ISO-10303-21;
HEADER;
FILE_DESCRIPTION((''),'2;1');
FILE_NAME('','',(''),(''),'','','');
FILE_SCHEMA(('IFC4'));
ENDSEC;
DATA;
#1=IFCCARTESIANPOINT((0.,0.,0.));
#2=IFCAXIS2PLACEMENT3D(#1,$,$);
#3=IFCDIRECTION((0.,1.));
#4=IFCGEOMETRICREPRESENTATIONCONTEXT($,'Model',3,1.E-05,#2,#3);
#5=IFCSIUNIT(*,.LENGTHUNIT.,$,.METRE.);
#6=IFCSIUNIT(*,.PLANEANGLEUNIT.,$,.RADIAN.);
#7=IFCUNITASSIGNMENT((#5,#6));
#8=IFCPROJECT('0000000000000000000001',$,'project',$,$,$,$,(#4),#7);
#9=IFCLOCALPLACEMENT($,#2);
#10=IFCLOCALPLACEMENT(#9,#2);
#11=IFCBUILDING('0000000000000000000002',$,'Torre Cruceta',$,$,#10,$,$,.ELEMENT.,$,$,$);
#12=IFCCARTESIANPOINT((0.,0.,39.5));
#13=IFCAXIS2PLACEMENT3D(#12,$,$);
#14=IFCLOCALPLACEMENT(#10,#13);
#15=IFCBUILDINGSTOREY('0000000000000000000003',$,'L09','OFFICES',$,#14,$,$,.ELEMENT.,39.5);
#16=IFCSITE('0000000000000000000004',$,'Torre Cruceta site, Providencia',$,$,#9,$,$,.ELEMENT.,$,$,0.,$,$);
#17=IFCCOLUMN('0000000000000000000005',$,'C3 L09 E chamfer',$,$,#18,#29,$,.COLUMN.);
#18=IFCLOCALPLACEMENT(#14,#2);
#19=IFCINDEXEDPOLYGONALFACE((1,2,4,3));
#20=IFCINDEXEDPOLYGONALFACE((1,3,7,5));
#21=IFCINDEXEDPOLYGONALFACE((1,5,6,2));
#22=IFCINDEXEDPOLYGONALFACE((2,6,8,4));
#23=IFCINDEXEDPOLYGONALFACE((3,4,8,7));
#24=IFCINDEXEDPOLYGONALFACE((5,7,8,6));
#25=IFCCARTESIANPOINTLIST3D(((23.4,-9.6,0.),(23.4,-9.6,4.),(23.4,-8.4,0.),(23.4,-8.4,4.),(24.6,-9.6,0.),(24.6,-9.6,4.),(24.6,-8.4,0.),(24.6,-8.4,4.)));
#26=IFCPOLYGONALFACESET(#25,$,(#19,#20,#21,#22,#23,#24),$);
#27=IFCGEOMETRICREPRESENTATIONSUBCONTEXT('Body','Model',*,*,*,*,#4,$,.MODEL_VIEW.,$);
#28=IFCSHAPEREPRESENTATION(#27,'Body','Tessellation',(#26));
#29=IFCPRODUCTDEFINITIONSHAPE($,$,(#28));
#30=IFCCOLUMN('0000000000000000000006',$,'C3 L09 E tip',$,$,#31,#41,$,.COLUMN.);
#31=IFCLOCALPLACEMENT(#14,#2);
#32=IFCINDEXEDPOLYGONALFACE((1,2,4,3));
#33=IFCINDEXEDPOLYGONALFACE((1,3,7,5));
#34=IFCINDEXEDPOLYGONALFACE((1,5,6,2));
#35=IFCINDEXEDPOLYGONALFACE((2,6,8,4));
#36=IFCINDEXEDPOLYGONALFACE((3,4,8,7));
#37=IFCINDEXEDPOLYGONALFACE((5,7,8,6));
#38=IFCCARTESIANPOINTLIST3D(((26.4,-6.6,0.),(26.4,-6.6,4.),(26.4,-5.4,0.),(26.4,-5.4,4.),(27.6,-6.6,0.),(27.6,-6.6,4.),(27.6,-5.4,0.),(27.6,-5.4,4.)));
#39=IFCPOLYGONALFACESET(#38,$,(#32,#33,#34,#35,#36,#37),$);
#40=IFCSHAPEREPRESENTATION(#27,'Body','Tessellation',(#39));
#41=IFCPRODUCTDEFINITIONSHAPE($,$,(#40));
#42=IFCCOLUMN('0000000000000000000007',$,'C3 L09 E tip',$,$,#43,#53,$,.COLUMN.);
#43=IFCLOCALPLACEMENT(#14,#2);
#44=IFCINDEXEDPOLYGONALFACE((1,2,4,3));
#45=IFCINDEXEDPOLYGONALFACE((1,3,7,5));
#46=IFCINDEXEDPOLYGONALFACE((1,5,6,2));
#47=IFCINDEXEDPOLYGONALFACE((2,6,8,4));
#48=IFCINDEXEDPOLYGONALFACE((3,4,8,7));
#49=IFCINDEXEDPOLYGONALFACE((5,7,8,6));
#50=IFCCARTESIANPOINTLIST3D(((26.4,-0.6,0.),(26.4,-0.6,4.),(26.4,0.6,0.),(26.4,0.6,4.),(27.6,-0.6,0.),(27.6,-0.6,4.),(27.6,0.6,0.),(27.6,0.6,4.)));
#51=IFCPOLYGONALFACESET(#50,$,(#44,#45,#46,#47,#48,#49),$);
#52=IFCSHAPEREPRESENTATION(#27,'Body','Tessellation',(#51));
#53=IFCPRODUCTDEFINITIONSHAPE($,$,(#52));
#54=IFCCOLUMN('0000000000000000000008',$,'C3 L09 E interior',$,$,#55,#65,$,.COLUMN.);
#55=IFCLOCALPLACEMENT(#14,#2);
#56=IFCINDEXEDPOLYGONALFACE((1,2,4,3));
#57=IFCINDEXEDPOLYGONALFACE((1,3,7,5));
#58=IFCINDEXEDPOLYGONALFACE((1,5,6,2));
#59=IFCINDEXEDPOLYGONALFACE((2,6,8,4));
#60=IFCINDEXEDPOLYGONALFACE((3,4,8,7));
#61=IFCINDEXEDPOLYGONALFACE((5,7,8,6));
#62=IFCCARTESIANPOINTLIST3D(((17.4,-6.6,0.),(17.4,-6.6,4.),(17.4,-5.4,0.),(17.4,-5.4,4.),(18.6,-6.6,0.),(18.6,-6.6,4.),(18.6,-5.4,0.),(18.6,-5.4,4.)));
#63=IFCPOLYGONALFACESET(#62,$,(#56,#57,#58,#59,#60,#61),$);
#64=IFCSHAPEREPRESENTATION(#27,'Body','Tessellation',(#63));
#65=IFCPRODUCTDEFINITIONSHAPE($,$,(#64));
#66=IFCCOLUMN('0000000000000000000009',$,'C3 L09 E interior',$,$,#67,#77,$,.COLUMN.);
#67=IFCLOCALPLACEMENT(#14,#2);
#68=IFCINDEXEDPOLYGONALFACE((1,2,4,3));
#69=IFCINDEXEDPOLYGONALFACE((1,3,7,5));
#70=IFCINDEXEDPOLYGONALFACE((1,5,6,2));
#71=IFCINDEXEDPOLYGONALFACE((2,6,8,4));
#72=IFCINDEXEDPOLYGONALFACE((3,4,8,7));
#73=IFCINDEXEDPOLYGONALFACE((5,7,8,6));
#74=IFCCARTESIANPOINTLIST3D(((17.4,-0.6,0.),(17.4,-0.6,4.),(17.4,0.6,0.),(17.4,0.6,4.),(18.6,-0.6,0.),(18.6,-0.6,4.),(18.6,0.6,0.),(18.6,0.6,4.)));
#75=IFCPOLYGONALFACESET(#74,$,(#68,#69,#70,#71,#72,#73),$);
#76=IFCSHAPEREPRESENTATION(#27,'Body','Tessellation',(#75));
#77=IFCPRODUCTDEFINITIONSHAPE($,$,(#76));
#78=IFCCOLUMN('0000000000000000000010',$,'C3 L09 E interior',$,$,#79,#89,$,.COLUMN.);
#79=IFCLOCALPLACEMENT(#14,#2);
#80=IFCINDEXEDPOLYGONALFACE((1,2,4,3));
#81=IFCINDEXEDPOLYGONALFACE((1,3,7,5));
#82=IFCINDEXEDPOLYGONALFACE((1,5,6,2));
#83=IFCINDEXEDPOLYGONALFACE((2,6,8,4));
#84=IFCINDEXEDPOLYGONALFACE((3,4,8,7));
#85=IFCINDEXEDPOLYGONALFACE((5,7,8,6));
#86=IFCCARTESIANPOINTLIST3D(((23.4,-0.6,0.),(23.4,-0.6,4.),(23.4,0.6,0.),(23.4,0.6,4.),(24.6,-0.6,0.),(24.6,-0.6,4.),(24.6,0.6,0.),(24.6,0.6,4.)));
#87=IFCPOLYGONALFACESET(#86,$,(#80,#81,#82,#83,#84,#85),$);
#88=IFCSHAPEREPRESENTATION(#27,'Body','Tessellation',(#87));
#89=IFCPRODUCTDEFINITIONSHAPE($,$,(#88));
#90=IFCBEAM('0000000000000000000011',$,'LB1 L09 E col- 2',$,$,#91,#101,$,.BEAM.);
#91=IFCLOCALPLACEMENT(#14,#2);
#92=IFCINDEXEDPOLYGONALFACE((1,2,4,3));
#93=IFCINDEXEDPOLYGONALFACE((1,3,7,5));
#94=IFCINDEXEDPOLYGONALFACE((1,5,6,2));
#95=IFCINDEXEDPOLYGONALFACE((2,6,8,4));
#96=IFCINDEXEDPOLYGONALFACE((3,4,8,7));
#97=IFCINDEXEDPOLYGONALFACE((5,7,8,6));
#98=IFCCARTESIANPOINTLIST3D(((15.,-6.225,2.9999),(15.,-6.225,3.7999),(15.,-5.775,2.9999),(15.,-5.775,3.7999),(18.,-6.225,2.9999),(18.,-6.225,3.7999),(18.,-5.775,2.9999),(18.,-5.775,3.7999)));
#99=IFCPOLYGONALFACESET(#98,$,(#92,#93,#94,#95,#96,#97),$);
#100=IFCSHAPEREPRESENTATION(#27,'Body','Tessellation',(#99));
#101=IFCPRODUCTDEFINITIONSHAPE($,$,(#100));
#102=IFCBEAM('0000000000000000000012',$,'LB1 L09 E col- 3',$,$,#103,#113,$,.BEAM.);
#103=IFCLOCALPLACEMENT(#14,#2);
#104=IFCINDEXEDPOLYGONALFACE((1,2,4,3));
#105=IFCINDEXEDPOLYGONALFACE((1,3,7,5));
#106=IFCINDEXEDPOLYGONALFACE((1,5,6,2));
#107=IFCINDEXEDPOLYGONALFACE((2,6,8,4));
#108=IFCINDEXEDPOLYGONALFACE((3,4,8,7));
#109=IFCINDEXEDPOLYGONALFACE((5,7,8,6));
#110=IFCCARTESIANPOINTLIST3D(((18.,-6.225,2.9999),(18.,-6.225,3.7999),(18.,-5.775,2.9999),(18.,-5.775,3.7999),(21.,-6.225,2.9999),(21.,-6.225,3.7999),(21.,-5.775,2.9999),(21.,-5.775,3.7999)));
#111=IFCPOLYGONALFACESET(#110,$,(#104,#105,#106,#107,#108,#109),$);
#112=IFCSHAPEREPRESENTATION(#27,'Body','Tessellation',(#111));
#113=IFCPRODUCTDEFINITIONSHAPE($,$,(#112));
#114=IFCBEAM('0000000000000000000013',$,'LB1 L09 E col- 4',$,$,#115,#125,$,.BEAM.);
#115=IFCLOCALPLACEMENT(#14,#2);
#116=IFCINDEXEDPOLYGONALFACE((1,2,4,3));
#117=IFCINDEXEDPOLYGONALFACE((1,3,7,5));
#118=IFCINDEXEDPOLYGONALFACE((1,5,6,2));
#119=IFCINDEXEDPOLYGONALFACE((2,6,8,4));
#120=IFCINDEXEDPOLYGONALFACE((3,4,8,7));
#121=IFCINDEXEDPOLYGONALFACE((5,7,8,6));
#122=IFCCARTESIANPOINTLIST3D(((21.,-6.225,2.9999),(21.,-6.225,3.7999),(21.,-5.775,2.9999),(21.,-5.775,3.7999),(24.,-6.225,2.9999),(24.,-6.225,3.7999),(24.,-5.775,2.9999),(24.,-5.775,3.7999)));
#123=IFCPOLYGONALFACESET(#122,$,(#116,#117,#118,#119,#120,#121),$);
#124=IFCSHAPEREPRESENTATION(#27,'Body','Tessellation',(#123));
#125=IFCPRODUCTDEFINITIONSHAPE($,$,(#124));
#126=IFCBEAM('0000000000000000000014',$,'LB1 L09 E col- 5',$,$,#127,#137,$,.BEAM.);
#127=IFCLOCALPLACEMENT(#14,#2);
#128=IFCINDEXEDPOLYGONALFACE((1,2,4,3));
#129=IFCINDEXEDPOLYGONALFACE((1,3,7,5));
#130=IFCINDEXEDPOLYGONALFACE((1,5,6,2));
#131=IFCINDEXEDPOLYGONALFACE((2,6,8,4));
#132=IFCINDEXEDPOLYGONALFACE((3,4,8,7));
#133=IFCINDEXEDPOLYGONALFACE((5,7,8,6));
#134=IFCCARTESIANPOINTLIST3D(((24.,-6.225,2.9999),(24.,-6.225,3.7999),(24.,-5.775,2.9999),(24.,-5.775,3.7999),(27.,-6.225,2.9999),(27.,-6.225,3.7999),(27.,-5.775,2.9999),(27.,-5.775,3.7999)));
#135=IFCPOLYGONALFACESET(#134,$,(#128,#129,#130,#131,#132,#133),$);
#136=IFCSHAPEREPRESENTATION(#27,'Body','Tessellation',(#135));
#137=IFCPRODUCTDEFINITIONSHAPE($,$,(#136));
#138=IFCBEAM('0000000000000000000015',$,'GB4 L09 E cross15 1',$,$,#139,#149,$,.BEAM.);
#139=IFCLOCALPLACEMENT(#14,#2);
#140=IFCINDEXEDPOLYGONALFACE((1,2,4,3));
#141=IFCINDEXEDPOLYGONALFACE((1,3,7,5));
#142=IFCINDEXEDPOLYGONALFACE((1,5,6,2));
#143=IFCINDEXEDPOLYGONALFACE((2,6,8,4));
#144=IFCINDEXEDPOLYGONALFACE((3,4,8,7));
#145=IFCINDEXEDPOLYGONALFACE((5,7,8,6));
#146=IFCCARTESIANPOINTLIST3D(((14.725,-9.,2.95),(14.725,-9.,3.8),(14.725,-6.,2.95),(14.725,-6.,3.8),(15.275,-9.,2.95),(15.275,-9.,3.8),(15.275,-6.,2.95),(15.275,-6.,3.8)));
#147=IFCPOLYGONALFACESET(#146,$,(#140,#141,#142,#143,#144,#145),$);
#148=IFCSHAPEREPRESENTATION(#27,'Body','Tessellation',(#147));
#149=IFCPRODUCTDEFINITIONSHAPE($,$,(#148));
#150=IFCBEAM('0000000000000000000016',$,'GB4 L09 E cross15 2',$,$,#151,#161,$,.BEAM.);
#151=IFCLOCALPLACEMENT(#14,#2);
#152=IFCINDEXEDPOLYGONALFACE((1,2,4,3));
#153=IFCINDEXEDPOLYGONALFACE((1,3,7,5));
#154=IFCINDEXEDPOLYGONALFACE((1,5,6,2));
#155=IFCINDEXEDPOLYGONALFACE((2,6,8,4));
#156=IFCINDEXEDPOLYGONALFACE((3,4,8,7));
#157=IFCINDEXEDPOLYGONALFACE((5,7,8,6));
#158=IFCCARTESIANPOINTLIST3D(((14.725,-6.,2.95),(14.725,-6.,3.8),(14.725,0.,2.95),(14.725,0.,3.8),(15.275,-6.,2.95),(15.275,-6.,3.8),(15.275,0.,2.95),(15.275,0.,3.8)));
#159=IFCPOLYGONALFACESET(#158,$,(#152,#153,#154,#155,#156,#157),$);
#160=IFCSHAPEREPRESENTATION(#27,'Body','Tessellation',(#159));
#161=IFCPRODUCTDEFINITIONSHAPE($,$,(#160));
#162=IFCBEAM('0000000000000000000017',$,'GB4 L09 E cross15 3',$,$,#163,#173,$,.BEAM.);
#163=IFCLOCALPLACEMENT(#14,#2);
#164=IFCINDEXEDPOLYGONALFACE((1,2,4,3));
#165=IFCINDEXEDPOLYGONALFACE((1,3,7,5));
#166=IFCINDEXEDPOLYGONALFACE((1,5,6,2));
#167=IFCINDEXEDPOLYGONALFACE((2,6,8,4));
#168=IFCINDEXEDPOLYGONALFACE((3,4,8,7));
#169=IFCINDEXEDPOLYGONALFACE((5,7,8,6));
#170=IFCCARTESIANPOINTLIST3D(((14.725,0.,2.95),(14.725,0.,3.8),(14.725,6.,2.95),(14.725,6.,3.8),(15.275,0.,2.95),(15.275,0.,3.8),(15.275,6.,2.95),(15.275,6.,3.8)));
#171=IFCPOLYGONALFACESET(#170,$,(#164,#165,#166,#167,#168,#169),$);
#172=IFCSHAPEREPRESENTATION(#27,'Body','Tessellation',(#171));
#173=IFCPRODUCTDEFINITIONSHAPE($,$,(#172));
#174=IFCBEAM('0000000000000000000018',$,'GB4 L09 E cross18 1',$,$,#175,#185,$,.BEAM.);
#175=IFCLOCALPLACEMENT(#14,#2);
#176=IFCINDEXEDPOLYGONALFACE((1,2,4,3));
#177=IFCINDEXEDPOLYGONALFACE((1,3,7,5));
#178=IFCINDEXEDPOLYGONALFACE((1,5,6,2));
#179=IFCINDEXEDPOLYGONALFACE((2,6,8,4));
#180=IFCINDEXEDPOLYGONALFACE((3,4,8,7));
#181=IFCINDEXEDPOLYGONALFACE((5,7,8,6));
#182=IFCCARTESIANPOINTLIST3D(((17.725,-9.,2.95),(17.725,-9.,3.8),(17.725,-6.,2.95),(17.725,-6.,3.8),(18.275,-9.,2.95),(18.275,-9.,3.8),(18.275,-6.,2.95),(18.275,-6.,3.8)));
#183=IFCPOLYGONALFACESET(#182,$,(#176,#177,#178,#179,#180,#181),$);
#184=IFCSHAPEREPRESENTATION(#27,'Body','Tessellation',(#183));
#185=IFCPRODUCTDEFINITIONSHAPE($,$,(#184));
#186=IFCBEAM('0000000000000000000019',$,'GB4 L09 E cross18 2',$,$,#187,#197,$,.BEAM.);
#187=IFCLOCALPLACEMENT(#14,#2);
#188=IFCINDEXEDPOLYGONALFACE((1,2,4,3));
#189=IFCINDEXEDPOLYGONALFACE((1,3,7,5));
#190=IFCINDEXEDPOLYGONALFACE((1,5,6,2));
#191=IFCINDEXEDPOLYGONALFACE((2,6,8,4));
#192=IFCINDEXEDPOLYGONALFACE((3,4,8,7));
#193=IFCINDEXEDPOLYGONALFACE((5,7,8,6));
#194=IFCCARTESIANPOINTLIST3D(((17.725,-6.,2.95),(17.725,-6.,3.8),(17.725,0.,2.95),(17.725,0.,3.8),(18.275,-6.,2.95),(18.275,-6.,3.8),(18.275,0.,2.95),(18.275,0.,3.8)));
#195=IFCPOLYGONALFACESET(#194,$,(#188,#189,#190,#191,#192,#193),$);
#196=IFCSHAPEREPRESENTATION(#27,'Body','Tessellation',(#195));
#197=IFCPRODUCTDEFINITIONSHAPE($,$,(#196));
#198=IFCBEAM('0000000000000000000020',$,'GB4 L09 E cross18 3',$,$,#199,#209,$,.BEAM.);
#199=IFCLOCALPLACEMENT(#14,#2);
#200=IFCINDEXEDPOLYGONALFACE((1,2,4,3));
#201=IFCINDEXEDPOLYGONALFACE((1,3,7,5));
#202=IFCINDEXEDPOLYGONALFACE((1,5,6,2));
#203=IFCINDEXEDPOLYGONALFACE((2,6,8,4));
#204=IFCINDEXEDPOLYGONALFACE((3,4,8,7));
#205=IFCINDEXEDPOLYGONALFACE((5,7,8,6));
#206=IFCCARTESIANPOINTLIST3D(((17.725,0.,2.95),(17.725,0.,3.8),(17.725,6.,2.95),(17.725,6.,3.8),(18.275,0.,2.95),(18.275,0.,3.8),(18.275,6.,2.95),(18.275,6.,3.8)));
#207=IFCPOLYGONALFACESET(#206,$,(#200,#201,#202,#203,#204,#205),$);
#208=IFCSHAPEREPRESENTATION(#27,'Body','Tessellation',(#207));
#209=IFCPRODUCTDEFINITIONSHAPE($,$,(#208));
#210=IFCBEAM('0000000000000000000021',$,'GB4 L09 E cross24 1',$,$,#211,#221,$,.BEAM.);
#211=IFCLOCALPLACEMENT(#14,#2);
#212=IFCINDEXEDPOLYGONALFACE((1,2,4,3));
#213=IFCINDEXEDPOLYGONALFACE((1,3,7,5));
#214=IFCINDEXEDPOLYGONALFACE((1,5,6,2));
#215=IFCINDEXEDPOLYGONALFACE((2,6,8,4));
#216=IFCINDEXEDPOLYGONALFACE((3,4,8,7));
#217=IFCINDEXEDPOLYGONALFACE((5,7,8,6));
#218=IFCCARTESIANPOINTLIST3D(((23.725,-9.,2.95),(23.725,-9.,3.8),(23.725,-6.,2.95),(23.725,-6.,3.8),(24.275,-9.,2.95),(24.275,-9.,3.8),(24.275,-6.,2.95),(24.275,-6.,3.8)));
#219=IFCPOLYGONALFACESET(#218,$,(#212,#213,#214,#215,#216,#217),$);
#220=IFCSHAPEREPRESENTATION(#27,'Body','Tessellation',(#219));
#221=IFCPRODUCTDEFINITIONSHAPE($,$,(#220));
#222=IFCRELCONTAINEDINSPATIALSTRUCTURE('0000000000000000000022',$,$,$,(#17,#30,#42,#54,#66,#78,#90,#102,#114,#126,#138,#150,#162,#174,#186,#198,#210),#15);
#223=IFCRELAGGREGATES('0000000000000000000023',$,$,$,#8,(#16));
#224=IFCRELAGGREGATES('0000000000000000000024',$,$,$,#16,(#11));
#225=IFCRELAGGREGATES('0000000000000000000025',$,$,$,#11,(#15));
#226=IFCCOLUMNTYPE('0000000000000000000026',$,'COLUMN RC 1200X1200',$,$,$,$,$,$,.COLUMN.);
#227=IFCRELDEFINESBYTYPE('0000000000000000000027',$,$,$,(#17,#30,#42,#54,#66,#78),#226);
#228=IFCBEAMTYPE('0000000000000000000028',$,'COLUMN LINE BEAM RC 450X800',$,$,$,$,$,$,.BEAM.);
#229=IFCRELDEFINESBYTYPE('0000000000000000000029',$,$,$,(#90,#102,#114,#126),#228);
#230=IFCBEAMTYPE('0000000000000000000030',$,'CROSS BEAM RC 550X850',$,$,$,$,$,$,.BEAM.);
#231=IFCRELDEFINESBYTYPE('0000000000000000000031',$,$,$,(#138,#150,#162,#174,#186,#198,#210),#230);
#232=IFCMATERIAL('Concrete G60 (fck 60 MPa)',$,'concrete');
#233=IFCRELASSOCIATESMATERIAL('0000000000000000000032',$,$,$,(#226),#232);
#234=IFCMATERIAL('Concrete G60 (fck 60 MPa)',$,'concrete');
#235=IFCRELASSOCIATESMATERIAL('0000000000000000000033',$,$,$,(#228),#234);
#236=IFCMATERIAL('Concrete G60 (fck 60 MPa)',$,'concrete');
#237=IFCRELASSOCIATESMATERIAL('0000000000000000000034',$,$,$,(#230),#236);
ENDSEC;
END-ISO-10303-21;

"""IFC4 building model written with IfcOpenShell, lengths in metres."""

from ifc_helpers import new_model, si_unit, direction, frame, origin, origin_2d, place, context, subcontext, project, spatial, rectangle, extrude, material, material_profile, profile_set, type_object, element, save


model = new_model("IFC4")

# Units and contexts
model_context = context("Model", 3, precision=1e-05, world=origin(), true_north=direction((0.0, 1.0)))
body_context = subcontext(model_context, "Body", "Model", "MODEL_VIEW")
ifc_project = project(units=[si_unit("LENGTHUNIT", "METRE"), si_unit("PLANEANGLEUNIT", "RADIAN")], contexts=[model_context])

# Site, building, storey
site_placement = place(None, origin())
site = spatial("IfcSite", under=ifc_project, at=site_placement, Name="Torre Cruceta site, Providencia", CompositionType="ELEMENT", RefElevation=0.0)
building_placement = place(site_placement, origin())
building = spatial("IfcBuilding", under=site, at=building_placement, Name="Torre Cruceta", CompositionType="ELEMENT")
storey_placement = place(building_placement, frame((0.0, 0.0, 39.5)))
storey = spatial("IfcBuildingStorey", under=building, at=storey_placement, Name="L09", Description="OFFICES", CompositionType="ELEMENT", Elevation=39.5)

# Columns
ifc_material_1 = material(Name="Concrete G60 (fck 60 MPa)", Category="concrete")
ifc_material_profile_1 = material_profile(ifc_material_1, rectangle(XDim=1.2, YDim=1.2, at=origin_2d()), Name="RC 1200X1200")
ifc_profile_set_1 = profile_set([ifc_material_profile_1], Name="Concrete G60 (fck 60 MPa)")
column_type = type_object("IfcColumnType", Name="COLUMN RC 1200X1200", PredefinedType="COLUMN", material=ifc_profile_set_1)
for number, where, z_axis, x_axis, name in (
    (1, (24.0, -9.0, 0.0), (0.0, 0.0, 1.0), (1.0, 0.0, 0.0), "C3 L09 E chamfer"),
    (2, (27.0, -6.0, 0.0), (0.0, 0.0, 1.0), (1.0, 0.0, 0.0), "C3 L09 E tip"),
    (3, (27.0, 0.0, 0.0), (0.0, 0.0, 1.0), (1.0, 0.0, 0.0), "C3 L09 E tip"),
    (4, (18.0, -6.0, 0.0), (0.0, 0.0, 1.0), (1.0, 0.0, 0.0), "C3 L09 E interior"),
    (5, (18.0, 0.0, 0.0), (0.0, 0.0, 1.0), (1.0, 0.0, 0.0), "C3 L09 E interior"),
    (6, (24.0, 0.0, 0.0), (0.0, 0.0, 1.0), (1.0, 0.0, 0.0), "C3 L09 E interior"),
):
    element("IfcColumn", number, at=place(storey_placement, frame(where, z_axis=z_axis, x_axis=x_axis)), inside=storey, type_object=column_type, Name=name, PredefinedType="COLUMN", context=body_context, shape_type="SweptSolid", body=[
        extrude(rectangle(XDim=1.2, YDim=1.2, at=origin_2d()), origin(), (0.0, 0.0, 1.0), 4.0),
    ])

# Beams
ifc_material_2 = material(Name="Concrete G60 (fck 60 MPa)", Category="concrete")
ifc_material_profile_2 = material_profile(ifc_material_2, rectangle(XDim=0.45, YDim=0.8, at=origin_2d()), Name="RC 450X800")
ifc_profile_set_2 = profile_set([ifc_material_profile_2], Name="Concrete G60 (fck 60 MPa)")
beam_type_1 = type_object("IfcBeamType", Name="COLUMN LINE BEAM RC 450X800", PredefinedType="BEAM", material=ifc_profile_set_2)
for number, where, z_axis, x_axis, name in (
    (7, (15.0, -6.0, 3.3999), (1.0, 0.0, 0.0), (0.0, 1.0, 0.0), "LB1 L09 E col- 2"),
    (8, (18.0, -6.0, 3.3999), (1.0, 0.0, 0.0), (0.0, 1.0, 0.0), "LB1 L09 E col- 3"),
    (9, (21.0, -6.0, 3.3999), (1.0, 0.0, 0.0), (0.0, 1.0, 0.0), "LB1 L09 E col- 4"),
    (10, (24.0, -6.0, 3.3999), (1.0, 0.0, 0.0), (0.0, 1.0, 0.0), "LB1 L09 E col- 5"),
):
    element("IfcBeam", number, at=place(storey_placement, frame(where, z_axis=z_axis, x_axis=x_axis)), inside=storey, type_object=beam_type_1, Name=name, PredefinedType="BEAM", context=body_context, shape_type="SweptSolid", body=[
        extrude(rectangle(XDim=0.45, YDim=0.8, at=origin_2d()), origin(), (0.0, 0.0, 1.0), 3.0),
    ])
ifc_material_3 = material(Name="Concrete G60 (fck 60 MPa)", Category="concrete")
ifc_material_profile_3 = material_profile(ifc_material_3, rectangle(XDim=0.55, YDim=0.8501, at=origin_2d()), Name="RC 550X850")
ifc_profile_set_3 = profile_set([ifc_material_profile_3], Name="Concrete G60 (fck 60 MPa)")
beam_type_2 = type_object("IfcBeamType", Name="CROSS BEAM RC 550X850", PredefinedType="BEAM", material=ifc_profile_set_3)
beam_1_placement = place(storey_placement, frame((15.0, -9.0, 3.375), z_axis=(0.0, 1.0, 0.0), x_axis=(-1.0, 0.0, 0.0)))
element("IfcBeam", 11, at=beam_1_placement, inside=storey, type_object=beam_type_2, Name="GB4 L09 E cross15 1", PredefinedType="BEAM", context=body_context, shape_type="SweptSolid", body=[
    extrude(rectangle(XDim=0.55, YDim=0.8501, at=origin_2d()), origin(), (0.0, 0.0, 1.0), 3.0),
])
for number, where, z_axis, x_axis, name in (
    (12, (15.0, -6.0, 3.375), (0.0, 1.0, 0.0), (-1.0, 0.0, 0.0), "GB4 L09 E cross15 2"),
    (13, (15.0, 0.0, 3.375), (0.0, 1.0, 0.0), (-1.0, 0.0, 0.0), "GB4 L09 E cross15 3"),
):
    element("IfcBeam", number, at=place(storey_placement, frame(where, z_axis=z_axis, x_axis=x_axis)), inside=storey, type_object=beam_type_2, Name=name, PredefinedType="BEAM", context=body_context, shape_type="SweptSolid", body=[
        extrude(rectangle(XDim=0.55, YDim=0.8501, at=origin_2d()), origin(), (0.0, 0.0, 1.0), 6.0),
    ])
beam_2_placement = place(storey_placement, frame((18.0, -9.0, 3.375), z_axis=(0.0, 1.0, 0.0), x_axis=(-1.0, 0.0, 0.0)))
element("IfcBeam", 14, at=beam_2_placement, inside=storey, type_object=beam_type_2, Name="GB4 L09 E cross18 1", PredefinedType="BEAM", context=body_context, shape_type="SweptSolid", body=[
    extrude(rectangle(XDim=0.55, YDim=0.8501, at=origin_2d()), origin(), (0.0, 0.0, 1.0), 3.0),
])
for number, where, z_axis, x_axis, name in (
    (15, (18.0, -6.0, 3.375), (0.0, 1.0, 0.0), (-1.0, 0.0, 0.0), "GB4 L09 E cross18 2"),
    (16, (18.0, 0.0, 3.375), (0.0, 1.0, 0.0), (-1.0, 0.0, 0.0), "GB4 L09 E cross18 3"),
):
    element("IfcBeam", number, at=place(storey_placement, frame(where, z_axis=z_axis, x_axis=x_axis)), inside=storey, type_object=beam_type_2, Name=name, PredefinedType="BEAM", context=body_context, shape_type="SweptSolid", body=[
        extrude(rectangle(XDim=0.55, YDim=0.8501, at=origin_2d()), origin(), (0.0, 0.0, 1.0), 6.0),
    ])
beam_3_placement = place(storey_placement, frame((24.0, -9.0, 3.375), z_axis=(0.0, 1.0, 0.0), x_axis=(-1.0, 0.0, 0.0)))
element("IfcBeam", 17, at=beam_3_placement, inside=storey, type_object=beam_type_2, Name="GB4 L09 E cross24 1", PredefinedType="BEAM", context=body_context, shape_type="SweptSolid", body=[
    extrude(rectangle(XDim=0.55, YDim=0.8501, at=origin_2d()), origin(), (0.0, 0.0, 1.0), 3.0),
])

save(model, "model.ifc")
